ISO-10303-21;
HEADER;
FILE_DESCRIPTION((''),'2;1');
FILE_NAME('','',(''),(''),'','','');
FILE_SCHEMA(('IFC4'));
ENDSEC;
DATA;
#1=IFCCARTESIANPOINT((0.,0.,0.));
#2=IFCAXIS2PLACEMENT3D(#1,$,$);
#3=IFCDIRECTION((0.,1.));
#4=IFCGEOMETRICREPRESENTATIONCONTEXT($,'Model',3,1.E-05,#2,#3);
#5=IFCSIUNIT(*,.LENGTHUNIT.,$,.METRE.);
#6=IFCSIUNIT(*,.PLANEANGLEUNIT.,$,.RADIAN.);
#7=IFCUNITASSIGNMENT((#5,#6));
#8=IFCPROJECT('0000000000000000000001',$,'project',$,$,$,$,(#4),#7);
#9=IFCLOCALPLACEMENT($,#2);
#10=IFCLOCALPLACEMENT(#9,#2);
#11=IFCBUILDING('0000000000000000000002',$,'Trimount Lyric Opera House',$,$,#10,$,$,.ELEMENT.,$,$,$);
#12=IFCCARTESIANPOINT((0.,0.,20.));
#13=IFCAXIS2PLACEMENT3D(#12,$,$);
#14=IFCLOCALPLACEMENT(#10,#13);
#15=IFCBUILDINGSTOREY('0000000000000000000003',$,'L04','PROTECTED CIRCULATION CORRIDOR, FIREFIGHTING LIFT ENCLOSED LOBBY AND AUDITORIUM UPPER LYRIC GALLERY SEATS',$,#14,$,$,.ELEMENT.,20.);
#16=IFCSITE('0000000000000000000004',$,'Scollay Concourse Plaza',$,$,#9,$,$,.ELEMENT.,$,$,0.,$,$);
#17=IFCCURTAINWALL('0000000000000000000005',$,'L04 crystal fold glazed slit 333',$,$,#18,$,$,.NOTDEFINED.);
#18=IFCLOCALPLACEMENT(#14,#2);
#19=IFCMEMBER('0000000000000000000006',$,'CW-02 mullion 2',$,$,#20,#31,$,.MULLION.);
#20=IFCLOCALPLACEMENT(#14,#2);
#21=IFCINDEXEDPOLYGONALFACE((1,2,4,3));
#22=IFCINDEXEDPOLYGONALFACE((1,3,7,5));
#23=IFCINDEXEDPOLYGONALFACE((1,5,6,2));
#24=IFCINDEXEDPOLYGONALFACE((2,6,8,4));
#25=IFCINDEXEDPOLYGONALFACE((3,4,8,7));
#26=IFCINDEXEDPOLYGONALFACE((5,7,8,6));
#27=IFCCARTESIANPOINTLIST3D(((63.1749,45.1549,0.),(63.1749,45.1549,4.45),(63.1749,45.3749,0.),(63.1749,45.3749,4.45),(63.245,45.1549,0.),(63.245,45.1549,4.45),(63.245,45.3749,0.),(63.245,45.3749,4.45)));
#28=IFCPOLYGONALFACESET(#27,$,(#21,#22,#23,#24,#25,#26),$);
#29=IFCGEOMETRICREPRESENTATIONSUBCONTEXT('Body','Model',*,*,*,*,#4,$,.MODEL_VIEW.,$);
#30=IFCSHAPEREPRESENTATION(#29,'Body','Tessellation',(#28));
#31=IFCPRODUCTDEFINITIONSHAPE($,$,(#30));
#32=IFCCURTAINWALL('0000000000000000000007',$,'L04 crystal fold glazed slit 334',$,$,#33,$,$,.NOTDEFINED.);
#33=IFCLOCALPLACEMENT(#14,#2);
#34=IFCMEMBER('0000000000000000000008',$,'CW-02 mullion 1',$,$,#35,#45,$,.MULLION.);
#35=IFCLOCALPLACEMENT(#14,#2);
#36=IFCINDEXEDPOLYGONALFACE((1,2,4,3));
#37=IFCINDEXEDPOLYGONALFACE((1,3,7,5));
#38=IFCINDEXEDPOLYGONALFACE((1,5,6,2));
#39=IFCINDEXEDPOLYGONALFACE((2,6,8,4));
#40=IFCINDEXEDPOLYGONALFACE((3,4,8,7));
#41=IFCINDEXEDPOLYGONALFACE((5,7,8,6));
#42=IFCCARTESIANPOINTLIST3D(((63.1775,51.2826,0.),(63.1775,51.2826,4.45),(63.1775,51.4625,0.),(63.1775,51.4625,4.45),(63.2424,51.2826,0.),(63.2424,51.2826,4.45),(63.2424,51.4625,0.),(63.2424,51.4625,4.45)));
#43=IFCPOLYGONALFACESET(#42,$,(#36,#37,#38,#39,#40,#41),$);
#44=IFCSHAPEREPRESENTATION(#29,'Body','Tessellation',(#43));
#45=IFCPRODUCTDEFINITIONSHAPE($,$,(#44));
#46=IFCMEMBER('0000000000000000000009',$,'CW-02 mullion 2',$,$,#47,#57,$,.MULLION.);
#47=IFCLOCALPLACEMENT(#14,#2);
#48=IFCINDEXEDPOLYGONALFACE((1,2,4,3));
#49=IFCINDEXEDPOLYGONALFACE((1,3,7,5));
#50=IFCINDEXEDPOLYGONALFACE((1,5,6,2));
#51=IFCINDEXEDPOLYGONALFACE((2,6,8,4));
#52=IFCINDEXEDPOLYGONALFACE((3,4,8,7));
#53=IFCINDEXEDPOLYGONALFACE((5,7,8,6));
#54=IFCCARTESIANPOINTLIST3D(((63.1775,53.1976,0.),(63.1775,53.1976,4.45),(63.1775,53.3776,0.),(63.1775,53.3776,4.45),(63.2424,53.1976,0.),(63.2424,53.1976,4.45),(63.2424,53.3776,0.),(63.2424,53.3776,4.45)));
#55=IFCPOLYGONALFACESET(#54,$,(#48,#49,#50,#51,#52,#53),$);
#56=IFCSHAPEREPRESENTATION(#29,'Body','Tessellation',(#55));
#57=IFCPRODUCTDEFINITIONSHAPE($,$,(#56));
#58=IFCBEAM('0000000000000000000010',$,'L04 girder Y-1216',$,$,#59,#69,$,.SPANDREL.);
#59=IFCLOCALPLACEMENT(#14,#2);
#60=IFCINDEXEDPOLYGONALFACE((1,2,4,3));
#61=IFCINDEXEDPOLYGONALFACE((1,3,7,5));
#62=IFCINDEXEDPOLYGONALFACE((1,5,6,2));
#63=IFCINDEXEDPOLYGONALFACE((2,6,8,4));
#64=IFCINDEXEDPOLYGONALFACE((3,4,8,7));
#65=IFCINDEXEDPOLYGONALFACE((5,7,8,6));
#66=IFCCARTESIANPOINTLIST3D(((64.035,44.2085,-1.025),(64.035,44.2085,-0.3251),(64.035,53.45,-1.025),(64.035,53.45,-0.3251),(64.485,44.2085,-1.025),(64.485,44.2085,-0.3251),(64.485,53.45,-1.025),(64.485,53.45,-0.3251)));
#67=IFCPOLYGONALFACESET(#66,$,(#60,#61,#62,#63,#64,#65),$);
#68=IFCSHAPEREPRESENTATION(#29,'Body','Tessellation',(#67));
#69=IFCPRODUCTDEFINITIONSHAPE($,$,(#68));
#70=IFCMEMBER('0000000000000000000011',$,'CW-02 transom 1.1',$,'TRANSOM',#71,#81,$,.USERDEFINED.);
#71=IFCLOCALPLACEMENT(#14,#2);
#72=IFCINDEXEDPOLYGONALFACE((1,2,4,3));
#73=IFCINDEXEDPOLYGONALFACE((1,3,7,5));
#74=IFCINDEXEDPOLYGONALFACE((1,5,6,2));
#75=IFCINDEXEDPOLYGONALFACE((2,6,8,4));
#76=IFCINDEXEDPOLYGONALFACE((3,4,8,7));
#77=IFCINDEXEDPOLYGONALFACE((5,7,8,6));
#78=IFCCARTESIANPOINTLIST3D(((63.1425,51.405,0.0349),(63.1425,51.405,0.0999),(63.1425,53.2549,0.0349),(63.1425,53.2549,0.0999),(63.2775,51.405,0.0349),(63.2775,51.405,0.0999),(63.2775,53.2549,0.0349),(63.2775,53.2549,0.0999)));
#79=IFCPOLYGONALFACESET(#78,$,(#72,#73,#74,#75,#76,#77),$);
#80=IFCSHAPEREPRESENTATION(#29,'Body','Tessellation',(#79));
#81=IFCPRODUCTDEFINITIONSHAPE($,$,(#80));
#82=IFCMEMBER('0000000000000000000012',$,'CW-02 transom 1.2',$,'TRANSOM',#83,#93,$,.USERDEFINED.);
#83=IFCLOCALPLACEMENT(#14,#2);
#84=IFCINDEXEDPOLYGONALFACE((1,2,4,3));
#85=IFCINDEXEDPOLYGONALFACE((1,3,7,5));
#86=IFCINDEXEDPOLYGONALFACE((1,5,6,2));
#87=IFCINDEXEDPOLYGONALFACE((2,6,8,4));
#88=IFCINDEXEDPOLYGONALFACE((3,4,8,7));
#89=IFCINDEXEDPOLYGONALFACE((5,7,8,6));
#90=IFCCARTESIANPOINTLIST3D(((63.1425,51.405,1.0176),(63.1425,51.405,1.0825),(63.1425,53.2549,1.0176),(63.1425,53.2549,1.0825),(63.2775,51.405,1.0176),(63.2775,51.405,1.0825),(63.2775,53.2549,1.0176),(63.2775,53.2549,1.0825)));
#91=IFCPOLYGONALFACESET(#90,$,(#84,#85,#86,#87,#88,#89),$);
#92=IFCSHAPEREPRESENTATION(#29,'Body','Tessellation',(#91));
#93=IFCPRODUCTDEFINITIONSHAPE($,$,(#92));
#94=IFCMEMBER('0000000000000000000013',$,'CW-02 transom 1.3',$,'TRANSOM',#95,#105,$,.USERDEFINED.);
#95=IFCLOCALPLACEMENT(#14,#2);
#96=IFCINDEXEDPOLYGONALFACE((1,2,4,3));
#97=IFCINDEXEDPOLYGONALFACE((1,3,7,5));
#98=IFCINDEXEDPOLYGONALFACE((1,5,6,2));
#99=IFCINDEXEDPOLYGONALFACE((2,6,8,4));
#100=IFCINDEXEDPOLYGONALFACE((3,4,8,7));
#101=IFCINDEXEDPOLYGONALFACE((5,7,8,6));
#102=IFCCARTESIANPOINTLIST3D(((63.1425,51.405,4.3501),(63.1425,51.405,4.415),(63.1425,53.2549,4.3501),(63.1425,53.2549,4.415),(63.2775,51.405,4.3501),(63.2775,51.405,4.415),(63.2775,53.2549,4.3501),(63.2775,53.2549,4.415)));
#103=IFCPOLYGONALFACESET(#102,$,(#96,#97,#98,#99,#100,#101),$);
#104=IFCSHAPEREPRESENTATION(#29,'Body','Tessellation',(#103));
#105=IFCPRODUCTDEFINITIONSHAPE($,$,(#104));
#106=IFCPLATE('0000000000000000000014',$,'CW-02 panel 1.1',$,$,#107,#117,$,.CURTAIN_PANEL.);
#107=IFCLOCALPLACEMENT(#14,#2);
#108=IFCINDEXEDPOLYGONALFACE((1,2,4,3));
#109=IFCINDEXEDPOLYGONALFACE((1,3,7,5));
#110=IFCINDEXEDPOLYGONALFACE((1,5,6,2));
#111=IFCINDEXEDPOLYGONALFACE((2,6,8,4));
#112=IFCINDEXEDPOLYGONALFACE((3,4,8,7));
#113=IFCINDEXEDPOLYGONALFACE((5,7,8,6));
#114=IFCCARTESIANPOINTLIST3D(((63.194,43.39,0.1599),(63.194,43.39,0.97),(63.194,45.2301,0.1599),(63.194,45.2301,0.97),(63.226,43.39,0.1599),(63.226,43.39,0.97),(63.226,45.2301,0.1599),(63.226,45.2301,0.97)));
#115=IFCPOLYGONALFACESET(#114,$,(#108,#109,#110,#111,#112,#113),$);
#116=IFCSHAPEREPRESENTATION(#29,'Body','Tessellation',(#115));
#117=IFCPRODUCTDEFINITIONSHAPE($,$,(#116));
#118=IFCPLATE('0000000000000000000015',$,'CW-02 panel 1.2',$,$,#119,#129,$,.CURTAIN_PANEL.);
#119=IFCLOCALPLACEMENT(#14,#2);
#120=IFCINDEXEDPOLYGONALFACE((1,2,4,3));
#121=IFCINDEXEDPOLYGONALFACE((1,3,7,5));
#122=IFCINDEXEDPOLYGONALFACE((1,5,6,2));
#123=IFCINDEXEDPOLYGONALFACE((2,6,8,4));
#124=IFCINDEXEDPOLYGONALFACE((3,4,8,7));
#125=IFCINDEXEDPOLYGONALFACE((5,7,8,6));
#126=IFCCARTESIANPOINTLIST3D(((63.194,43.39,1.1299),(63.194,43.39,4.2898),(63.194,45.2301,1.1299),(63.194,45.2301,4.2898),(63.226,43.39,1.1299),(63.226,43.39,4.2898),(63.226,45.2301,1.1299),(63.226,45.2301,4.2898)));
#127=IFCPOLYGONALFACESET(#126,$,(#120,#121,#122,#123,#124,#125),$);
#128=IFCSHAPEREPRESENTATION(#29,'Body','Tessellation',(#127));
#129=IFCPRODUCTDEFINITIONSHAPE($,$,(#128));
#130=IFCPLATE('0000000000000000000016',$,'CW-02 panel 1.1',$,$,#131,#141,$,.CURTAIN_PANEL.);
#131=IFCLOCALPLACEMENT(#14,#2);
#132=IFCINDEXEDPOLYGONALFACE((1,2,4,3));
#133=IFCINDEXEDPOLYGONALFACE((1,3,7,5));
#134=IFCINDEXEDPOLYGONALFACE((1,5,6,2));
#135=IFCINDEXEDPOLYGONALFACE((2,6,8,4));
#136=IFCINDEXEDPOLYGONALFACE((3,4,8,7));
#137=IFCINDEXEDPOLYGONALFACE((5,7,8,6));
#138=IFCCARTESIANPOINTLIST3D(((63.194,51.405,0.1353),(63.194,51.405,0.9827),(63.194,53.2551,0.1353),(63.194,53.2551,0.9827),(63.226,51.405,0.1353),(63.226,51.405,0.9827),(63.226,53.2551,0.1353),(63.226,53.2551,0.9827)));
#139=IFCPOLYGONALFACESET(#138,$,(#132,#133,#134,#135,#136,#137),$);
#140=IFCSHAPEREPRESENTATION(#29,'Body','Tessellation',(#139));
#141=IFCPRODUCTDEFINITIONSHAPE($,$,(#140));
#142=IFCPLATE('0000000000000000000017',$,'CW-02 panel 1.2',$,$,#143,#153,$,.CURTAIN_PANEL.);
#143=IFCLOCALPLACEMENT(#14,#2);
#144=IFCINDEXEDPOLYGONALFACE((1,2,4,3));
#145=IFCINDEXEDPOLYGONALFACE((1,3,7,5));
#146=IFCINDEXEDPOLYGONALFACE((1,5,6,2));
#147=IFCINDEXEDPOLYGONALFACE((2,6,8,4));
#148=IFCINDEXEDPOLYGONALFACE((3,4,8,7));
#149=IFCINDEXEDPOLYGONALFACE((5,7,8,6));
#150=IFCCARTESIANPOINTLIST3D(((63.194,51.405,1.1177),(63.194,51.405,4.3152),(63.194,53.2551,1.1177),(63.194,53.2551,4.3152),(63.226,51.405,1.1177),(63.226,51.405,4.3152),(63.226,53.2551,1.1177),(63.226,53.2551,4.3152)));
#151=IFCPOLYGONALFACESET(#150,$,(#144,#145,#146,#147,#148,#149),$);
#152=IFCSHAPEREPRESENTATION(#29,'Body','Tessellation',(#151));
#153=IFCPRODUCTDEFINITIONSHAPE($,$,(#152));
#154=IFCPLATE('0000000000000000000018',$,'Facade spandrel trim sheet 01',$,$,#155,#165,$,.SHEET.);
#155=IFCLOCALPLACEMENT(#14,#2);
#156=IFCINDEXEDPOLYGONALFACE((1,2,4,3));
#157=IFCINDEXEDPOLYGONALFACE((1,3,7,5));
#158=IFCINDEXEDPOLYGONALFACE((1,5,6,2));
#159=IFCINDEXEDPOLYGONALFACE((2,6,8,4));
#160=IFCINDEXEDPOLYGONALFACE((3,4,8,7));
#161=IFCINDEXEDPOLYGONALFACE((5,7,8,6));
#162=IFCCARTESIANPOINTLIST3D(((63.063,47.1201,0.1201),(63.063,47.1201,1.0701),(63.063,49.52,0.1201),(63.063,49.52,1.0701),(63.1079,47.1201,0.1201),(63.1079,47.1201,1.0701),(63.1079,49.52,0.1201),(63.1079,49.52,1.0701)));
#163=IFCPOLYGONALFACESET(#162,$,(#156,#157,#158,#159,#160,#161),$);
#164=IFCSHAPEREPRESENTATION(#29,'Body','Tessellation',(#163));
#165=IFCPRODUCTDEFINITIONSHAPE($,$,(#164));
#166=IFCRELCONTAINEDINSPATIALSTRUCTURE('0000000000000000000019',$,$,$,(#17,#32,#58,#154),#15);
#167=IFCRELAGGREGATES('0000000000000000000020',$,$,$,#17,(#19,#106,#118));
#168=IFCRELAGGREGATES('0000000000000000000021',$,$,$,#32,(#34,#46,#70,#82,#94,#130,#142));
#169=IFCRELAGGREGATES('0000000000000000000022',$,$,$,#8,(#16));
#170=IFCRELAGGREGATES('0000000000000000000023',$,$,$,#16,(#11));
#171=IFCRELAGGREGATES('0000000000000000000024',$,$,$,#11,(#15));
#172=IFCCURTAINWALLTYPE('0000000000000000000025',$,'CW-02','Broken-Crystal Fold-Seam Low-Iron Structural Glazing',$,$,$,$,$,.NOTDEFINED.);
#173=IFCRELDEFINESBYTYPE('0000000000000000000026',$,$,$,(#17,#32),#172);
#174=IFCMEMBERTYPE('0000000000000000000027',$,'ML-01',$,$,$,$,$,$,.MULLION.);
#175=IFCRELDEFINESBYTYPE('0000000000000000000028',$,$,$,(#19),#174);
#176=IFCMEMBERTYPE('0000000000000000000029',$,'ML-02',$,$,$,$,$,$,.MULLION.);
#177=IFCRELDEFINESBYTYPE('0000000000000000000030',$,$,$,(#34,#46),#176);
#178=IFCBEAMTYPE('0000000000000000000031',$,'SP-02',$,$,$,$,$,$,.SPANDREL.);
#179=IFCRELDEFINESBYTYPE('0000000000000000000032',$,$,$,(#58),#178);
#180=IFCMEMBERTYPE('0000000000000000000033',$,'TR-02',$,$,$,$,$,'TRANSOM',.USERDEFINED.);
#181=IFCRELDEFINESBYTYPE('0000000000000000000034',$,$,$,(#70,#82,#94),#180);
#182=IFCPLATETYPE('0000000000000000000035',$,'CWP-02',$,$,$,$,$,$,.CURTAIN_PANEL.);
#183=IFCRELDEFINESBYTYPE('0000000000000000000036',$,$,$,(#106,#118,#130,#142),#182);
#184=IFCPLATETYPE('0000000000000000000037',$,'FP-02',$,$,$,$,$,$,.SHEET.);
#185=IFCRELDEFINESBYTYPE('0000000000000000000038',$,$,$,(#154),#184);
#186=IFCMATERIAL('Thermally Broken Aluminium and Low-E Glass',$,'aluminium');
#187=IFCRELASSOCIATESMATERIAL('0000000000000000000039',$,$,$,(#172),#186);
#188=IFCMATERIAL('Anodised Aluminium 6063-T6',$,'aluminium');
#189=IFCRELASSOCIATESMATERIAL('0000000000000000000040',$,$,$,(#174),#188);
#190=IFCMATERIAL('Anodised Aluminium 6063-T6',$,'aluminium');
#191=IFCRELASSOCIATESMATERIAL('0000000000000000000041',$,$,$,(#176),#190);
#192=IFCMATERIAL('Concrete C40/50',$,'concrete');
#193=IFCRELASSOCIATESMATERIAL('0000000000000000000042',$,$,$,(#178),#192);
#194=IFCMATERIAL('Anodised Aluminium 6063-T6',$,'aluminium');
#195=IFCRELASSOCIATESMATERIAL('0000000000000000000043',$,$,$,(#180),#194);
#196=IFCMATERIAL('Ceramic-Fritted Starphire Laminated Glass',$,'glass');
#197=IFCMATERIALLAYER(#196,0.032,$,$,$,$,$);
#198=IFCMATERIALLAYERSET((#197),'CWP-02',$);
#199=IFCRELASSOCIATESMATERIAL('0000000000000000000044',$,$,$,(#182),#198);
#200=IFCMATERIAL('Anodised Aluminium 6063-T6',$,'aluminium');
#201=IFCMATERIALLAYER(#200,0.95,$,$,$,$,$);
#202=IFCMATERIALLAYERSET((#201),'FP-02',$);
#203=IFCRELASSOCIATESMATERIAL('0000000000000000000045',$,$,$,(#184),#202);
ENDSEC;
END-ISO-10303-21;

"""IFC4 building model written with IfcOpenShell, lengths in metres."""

from ifc_helpers import new_model, si_unit, direction, frame, origin, origin_2d, place, context, subcontext, project, spatial, rectangle, extrude, material, layer, layer_set, material_profile, profile_set, type_object, element, aggregate, save


model = new_model("IFC4")

# Units and contexts
model_context = context("Model", 3, precision=1e-05, world=origin(), true_north=direction((0.0, 1.0)))
body_context = subcontext(model_context, "Body", "Model", "MODEL_VIEW")
ifc_project = project(units=[si_unit("LENGTHUNIT", "METRE"), si_unit("PLANEANGLEUNIT", "RADIAN")], contexts=[model_context])

# Site, building, storey
site_placement = place(None, origin())
site = spatial("IfcSite", under=ifc_project, at=site_placement, Name="Scollay Concourse Plaza", CompositionType="ELEMENT", RefElevation=0.0)
building_placement = place(site_placement, origin())
building = spatial("IfcBuilding", under=site, at=building_placement, Name="Trimount Lyric Opera House", CompositionType="ELEMENT")
storey_placement = place(building_placement, frame((0.0, 0.0, 20.0)))
storey = spatial("IfcBuildingStorey", under=building, at=storey_placement, Name="L04", Description="PROTECTED CIRCULATION CORRIDOR, FIREFIGHTING LIFT ENCLOSED LOBBY AND AUDITORIUM UPPER LYRIC GALLERY SEATS", CompositionType="ELEMENT", Elevation=20.0)

# Curtain wall, member
ifc_material_1 = material(Name="Thermally Broken Aluminium and Low-E Glass", Category="aluminium")
curtain_wall_type = type_object("IfcCurtainWallType", Name="CW-02", Description="Broken-Crystal Fold-Seam Low-Iron Structural Glazing", PredefinedType="NOTDEFINED", material=ifc_material_1)
curtain_wall_1_placement = place(storey_placement, origin())
curtain_wall_1 = element("IfcCurtainWall", 1, at=curtain_wall_1_placement, inside=storey, type_object=curtain_wall_type, Name="L04 crystal fold glazed slit 333", PredefinedType="NOTDEFINED")
ifc_material_2 = material(Name="Anodised Aluminium 6063-T6", Category="aluminium")
ifc_material_profile_1 = material_profile(ifc_material_2, rectangle(XDim=0.0701, YDim=0.22, at=origin_2d()), Name="ALU-MULL-70X220")
ifc_profile_set_1 = profile_set([ifc_material_profile_1], Name="Anodised Aluminium 6063-T6")
member_type_1 = type_object("IfcMemberType", Name="ML-01", PredefinedType="MULLION", material=ifc_profile_set_1)
member_1_placement = place(storey_placement, frame((63.21, 45.2649, 0.0), z_axis=(0.0, 0.0, 1.0), x_axis=(-1.0, 0.0, 0.0)))
member_1 = element("IfcMember", 2, at=member_1_placement, type_object=member_type_1, Name="CW-02 mullion 2", PredefinedType="MULLION", context=body_context, shape_type="SweptSolid", body=[
    extrude(rectangle(XDim=0.0701, YDim=0.22, at=origin_2d()), origin(), (0.0, 0.0, 1.0), 4.45),
])

# Curtain wall, members
curtain_wall_2_placement = place(storey_placement, origin())
curtain_wall_2 = element("IfcCurtainWall", 3, at=curtain_wall_2_placement, inside=storey, type_object=curtain_wall_type, Name="L04 crystal fold glazed slit 334", PredefinedType="NOTDEFINED")
ifc_material_3 = material(Name="Anodised Aluminium 6063-T6", Category="aluminium")
ifc_material_profile_2 = material_profile(ifc_material_3, rectangle(XDim=0.0649, YDim=0.1799, at=origin_2d()), Name="ALU-MULL-65X180")
ifc_profile_set_2 = profile_set([ifc_material_profile_2], Name="Anodised Aluminium 6063-T6")
member_type_2 = type_object("IfcMemberType", Name="ML-02", PredefinedType="MULLION", material=ifc_profile_set_2)
member_2_placement = place(storey_placement, frame((63.21, 51.3726, 0.0), z_axis=(0.0, 0.0, 1.0), x_axis=(-1.0, 0.0, 0.0)))
member_2 = element("IfcMember", 4, at=member_2_placement, type_object=member_type_2, Name="CW-02 mullion 1", PredefinedType="MULLION", context=body_context, shape_type="SweptSolid", body=[
    extrude(rectangle(XDim=0.0649, YDim=0.1799, at=origin_2d()), origin(), (0.0, 0.0, 1.0), 4.45),
])
member_3_placement = place(storey_placement, frame((63.21, 53.2876, 0.0), z_axis=(0.0, 0.0, 1.0), x_axis=(-1.0, 0.0, 0.0)))
member_3 = element("IfcMember", 5, at=member_3_placement, type_object=member_type_2, Name="CW-02 mullion 2", PredefinedType="MULLION", context=body_context, shape_type="SweptSolid", body=[
    extrude(rectangle(XDim=0.0649, YDim=0.1799, at=origin_2d()), origin(), (0.0, 0.0, 1.0), 4.45),
])

# Beam
ifc_material_4 = material(Name="Concrete C40/50", Category="concrete")
ifc_material_profile_3 = material_profile(ifc_material_4, rectangle(XDim=0.45, YDim=0.7, at=origin_2d()), Name="RC450X700")
ifc_profile_set_3 = profile_set([ifc_material_profile_3], Name="Concrete C40/50")
beam_type_1 = type_object("IfcBeamType", Name="SP-02", PredefinedType="SPANDREL", material=ifc_profile_set_3)
beam_1_placement = place(storey_placement, frame((64.26, 44.2085, -0.675), z_axis=(0.0, 1.0, 0.0), x_axis=(-1.0, 0.0, 0.0)))
element("IfcBeam", 6, at=beam_1_placement, inside=storey, type_object=beam_type_1, Name="L04 girder Y-1216", PredefinedType="SPANDREL", context=body_context, shape_type="SweptSolid", body=[
    extrude(rectangle(XDim=0.45, YDim=0.7, at=origin_2d()), origin(), (0.0, 0.0, 1.0), 9.2415),
])

# Members
ifc_material_5 = material(Name="Anodised Aluminium 6063-T6", Category="aluminium")
ifc_material_profile_4 = material_profile(ifc_material_5, rectangle(XDim=0.135, YDim=0.0649, at=origin_2d()), Name="ALU-TRAN-65X135")
ifc_profile_set_4 = profile_set([ifc_material_profile_4], Name="Anodised Aluminium 6063-T6")
member_type_3 = type_object("IfcMemberType", Name="TR-02", ElementType="TRANSOM", PredefinedType="USERDEFINED", material=ifc_profile_set_4)
member_4_placement = place(storey_placement, frame((63.21, 51.405, 0.0674), z_axis=(0.0, 1.0, 0.0), x_axis=(-1.0, 0.0, 0.0)))
member_4 = element("IfcMember", 7, at=member_4_placement, type_object=member_type_3, Name="CW-02 transom 1.1", ObjectType="TRANSOM", PredefinedType="USERDEFINED", context=body_context, shape_type="SweptSolid", body=[
    extrude(rectangle(XDim=0.135, YDim=0.0649, at=origin_2d()), origin(), (0.0, 0.0, 1.0), 1.8499),
])
member_5_placement = place(storey_placement, frame((63.21, 51.405, 1.05), z_axis=(0.0, 1.0, 0.0), x_axis=(-1.0, 0.0, 0.0)))
member_5 = element("IfcMember", 8, at=member_5_placement, type_object=member_type_3, Name="CW-02 transom 1.2", ObjectType="TRANSOM", PredefinedType="USERDEFINED", context=body_context, shape_type="SweptSolid", body=[
    extrude(rectangle(XDim=0.135, YDim=0.0649, at=origin_2d()), origin(), (0.0, 0.0, 1.0), 1.8499),
])
member_6_placement = place(storey_placement, frame((63.21, 51.405, 4.3826), z_axis=(0.0, 1.0, 0.0), x_axis=(-1.0, 0.0, 0.0)))
member_6 = element("IfcMember", 9, at=member_6_placement, type_object=member_type_3, Name="CW-02 transom 1.3", ObjectType="TRANSOM", PredefinedType="USERDEFINED", context=body_context, shape_type="SweptSolid", body=[
    extrude(rectangle(XDim=0.135, YDim=0.0649, at=origin_2d()), origin(), (0.0, 0.0, 1.0), 1.8499),
])

# Plates
ifc_material_6 = material(Name="Ceramic-Fritted Starphire Laminated Glass", Category="glass")
ifc_layer_1 = layer(ifc_material_6, 0.032)
ifc_layer_set_1 = layer_set([ifc_layer_1], Name="CWP-02")
plate_type_1 = type_object("IfcPlateType", Name="CWP-02", PredefinedType="CURTAIN_PANEL", material=ifc_layer_set_1)
plate_1_placement = place(storey_placement, frame((63.21, 44.3101, 0.1599), z_axis=(0.0, 0.0, 1.0), x_axis=(0.0, 1.0, 0.0)))
plate_1 = element("IfcPlate", 10, at=plate_1_placement, type_object=plate_type_1, Name="CW-02 panel 1.1", PredefinedType="CURTAIN_PANEL", context=body_context, shape_type="SweptSolid", body=[
    extrude(rectangle(XDim=1.8401, YDim=0.032, at=origin_2d()), origin(), (0.0, 0.0, 1.0), 0.8101),
])
plate_2_placement = place(storey_placement, frame((63.21, 44.3101, 1.1299), z_axis=(0.0, 0.0, 1.0), x_axis=(0.0, 1.0, 0.0)))
plate_2 = element("IfcPlate", 11, at=plate_2_placement, type_object=plate_type_1, Name="CW-02 panel 1.2", PredefinedType="CURTAIN_PANEL", context=body_context, shape_type="SweptSolid", body=[
    extrude(rectangle(XDim=1.8401, YDim=0.032, at=origin_2d()), origin(), (0.0, 0.0, 1.0), 3.1599),
])
aggregate(curtain_wall_1, [member_1, plate_1, plate_2])
plate_3_placement = place(storey_placement, frame((63.21, 52.3301, 0.1353), z_axis=(0.0, 0.0, 1.0), x_axis=(0.0, 1.0, 0.0)))
plate_3 = element("IfcPlate", 12, at=plate_3_placement, type_object=plate_type_1, Name="CW-02 panel 1.1", PredefinedType="CURTAIN_PANEL", context=body_context, shape_type="SweptSolid", body=[
    extrude(rectangle(XDim=1.8501, YDim=0.032, at=origin_2d()), origin(), (0.0, 0.0, 1.0), 0.8474),
])
plate_4_placement = place(storey_placement, frame((63.21, 52.3301, 1.1177), z_axis=(0.0, 0.0, 1.0), x_axis=(0.0, 1.0, 0.0)))
plate_4 = element("IfcPlate", 13, at=plate_4_placement, type_object=plate_type_1, Name="CW-02 panel 1.2", PredefinedType="CURTAIN_PANEL", context=body_context, shape_type="SweptSolid", body=[
    extrude(rectangle(XDim=1.8501, YDim=0.032, at=origin_2d()), origin(), (0.0, 0.0, 1.0), 3.1975),
])
aggregate(curtain_wall_2, [member_2, member_3, member_4, member_5, member_6, plate_3, plate_4])
ifc_material_7 = material(Name="Anodised Aluminium 6063-T6", Category="aluminium")
ifc_layer_2 = layer(ifc_material_7, 0.95)
ifc_layer_set_2 = layer_set([ifc_layer_2], Name="FP-02")
plate_type_2 = type_object("IfcPlateType", Name="FP-02", PredefinedType="SHEET", material=ifc_layer_set_2)
plate_5_placement = place(storey_placement, frame((63.0854, 48.3201, 0.1201), z_axis=(0.0, 0.0, 1.0), x_axis=(0.0, 1.0, 0.0)))
element("IfcPlate", 14, at=plate_5_placement, inside=storey, type_object=plate_type_2, Name="Facade spandrel trim sheet 01", PredefinedType="SHEET", context=body_context, shape_type="SweptSolid", body=[
    extrude(rectangle(XDim=2.3999, YDim=0.0449, at=origin_2d()), origin(), (0.0, 0.0, 1.0), 0.95),
])

save(model, "model.ifc")
